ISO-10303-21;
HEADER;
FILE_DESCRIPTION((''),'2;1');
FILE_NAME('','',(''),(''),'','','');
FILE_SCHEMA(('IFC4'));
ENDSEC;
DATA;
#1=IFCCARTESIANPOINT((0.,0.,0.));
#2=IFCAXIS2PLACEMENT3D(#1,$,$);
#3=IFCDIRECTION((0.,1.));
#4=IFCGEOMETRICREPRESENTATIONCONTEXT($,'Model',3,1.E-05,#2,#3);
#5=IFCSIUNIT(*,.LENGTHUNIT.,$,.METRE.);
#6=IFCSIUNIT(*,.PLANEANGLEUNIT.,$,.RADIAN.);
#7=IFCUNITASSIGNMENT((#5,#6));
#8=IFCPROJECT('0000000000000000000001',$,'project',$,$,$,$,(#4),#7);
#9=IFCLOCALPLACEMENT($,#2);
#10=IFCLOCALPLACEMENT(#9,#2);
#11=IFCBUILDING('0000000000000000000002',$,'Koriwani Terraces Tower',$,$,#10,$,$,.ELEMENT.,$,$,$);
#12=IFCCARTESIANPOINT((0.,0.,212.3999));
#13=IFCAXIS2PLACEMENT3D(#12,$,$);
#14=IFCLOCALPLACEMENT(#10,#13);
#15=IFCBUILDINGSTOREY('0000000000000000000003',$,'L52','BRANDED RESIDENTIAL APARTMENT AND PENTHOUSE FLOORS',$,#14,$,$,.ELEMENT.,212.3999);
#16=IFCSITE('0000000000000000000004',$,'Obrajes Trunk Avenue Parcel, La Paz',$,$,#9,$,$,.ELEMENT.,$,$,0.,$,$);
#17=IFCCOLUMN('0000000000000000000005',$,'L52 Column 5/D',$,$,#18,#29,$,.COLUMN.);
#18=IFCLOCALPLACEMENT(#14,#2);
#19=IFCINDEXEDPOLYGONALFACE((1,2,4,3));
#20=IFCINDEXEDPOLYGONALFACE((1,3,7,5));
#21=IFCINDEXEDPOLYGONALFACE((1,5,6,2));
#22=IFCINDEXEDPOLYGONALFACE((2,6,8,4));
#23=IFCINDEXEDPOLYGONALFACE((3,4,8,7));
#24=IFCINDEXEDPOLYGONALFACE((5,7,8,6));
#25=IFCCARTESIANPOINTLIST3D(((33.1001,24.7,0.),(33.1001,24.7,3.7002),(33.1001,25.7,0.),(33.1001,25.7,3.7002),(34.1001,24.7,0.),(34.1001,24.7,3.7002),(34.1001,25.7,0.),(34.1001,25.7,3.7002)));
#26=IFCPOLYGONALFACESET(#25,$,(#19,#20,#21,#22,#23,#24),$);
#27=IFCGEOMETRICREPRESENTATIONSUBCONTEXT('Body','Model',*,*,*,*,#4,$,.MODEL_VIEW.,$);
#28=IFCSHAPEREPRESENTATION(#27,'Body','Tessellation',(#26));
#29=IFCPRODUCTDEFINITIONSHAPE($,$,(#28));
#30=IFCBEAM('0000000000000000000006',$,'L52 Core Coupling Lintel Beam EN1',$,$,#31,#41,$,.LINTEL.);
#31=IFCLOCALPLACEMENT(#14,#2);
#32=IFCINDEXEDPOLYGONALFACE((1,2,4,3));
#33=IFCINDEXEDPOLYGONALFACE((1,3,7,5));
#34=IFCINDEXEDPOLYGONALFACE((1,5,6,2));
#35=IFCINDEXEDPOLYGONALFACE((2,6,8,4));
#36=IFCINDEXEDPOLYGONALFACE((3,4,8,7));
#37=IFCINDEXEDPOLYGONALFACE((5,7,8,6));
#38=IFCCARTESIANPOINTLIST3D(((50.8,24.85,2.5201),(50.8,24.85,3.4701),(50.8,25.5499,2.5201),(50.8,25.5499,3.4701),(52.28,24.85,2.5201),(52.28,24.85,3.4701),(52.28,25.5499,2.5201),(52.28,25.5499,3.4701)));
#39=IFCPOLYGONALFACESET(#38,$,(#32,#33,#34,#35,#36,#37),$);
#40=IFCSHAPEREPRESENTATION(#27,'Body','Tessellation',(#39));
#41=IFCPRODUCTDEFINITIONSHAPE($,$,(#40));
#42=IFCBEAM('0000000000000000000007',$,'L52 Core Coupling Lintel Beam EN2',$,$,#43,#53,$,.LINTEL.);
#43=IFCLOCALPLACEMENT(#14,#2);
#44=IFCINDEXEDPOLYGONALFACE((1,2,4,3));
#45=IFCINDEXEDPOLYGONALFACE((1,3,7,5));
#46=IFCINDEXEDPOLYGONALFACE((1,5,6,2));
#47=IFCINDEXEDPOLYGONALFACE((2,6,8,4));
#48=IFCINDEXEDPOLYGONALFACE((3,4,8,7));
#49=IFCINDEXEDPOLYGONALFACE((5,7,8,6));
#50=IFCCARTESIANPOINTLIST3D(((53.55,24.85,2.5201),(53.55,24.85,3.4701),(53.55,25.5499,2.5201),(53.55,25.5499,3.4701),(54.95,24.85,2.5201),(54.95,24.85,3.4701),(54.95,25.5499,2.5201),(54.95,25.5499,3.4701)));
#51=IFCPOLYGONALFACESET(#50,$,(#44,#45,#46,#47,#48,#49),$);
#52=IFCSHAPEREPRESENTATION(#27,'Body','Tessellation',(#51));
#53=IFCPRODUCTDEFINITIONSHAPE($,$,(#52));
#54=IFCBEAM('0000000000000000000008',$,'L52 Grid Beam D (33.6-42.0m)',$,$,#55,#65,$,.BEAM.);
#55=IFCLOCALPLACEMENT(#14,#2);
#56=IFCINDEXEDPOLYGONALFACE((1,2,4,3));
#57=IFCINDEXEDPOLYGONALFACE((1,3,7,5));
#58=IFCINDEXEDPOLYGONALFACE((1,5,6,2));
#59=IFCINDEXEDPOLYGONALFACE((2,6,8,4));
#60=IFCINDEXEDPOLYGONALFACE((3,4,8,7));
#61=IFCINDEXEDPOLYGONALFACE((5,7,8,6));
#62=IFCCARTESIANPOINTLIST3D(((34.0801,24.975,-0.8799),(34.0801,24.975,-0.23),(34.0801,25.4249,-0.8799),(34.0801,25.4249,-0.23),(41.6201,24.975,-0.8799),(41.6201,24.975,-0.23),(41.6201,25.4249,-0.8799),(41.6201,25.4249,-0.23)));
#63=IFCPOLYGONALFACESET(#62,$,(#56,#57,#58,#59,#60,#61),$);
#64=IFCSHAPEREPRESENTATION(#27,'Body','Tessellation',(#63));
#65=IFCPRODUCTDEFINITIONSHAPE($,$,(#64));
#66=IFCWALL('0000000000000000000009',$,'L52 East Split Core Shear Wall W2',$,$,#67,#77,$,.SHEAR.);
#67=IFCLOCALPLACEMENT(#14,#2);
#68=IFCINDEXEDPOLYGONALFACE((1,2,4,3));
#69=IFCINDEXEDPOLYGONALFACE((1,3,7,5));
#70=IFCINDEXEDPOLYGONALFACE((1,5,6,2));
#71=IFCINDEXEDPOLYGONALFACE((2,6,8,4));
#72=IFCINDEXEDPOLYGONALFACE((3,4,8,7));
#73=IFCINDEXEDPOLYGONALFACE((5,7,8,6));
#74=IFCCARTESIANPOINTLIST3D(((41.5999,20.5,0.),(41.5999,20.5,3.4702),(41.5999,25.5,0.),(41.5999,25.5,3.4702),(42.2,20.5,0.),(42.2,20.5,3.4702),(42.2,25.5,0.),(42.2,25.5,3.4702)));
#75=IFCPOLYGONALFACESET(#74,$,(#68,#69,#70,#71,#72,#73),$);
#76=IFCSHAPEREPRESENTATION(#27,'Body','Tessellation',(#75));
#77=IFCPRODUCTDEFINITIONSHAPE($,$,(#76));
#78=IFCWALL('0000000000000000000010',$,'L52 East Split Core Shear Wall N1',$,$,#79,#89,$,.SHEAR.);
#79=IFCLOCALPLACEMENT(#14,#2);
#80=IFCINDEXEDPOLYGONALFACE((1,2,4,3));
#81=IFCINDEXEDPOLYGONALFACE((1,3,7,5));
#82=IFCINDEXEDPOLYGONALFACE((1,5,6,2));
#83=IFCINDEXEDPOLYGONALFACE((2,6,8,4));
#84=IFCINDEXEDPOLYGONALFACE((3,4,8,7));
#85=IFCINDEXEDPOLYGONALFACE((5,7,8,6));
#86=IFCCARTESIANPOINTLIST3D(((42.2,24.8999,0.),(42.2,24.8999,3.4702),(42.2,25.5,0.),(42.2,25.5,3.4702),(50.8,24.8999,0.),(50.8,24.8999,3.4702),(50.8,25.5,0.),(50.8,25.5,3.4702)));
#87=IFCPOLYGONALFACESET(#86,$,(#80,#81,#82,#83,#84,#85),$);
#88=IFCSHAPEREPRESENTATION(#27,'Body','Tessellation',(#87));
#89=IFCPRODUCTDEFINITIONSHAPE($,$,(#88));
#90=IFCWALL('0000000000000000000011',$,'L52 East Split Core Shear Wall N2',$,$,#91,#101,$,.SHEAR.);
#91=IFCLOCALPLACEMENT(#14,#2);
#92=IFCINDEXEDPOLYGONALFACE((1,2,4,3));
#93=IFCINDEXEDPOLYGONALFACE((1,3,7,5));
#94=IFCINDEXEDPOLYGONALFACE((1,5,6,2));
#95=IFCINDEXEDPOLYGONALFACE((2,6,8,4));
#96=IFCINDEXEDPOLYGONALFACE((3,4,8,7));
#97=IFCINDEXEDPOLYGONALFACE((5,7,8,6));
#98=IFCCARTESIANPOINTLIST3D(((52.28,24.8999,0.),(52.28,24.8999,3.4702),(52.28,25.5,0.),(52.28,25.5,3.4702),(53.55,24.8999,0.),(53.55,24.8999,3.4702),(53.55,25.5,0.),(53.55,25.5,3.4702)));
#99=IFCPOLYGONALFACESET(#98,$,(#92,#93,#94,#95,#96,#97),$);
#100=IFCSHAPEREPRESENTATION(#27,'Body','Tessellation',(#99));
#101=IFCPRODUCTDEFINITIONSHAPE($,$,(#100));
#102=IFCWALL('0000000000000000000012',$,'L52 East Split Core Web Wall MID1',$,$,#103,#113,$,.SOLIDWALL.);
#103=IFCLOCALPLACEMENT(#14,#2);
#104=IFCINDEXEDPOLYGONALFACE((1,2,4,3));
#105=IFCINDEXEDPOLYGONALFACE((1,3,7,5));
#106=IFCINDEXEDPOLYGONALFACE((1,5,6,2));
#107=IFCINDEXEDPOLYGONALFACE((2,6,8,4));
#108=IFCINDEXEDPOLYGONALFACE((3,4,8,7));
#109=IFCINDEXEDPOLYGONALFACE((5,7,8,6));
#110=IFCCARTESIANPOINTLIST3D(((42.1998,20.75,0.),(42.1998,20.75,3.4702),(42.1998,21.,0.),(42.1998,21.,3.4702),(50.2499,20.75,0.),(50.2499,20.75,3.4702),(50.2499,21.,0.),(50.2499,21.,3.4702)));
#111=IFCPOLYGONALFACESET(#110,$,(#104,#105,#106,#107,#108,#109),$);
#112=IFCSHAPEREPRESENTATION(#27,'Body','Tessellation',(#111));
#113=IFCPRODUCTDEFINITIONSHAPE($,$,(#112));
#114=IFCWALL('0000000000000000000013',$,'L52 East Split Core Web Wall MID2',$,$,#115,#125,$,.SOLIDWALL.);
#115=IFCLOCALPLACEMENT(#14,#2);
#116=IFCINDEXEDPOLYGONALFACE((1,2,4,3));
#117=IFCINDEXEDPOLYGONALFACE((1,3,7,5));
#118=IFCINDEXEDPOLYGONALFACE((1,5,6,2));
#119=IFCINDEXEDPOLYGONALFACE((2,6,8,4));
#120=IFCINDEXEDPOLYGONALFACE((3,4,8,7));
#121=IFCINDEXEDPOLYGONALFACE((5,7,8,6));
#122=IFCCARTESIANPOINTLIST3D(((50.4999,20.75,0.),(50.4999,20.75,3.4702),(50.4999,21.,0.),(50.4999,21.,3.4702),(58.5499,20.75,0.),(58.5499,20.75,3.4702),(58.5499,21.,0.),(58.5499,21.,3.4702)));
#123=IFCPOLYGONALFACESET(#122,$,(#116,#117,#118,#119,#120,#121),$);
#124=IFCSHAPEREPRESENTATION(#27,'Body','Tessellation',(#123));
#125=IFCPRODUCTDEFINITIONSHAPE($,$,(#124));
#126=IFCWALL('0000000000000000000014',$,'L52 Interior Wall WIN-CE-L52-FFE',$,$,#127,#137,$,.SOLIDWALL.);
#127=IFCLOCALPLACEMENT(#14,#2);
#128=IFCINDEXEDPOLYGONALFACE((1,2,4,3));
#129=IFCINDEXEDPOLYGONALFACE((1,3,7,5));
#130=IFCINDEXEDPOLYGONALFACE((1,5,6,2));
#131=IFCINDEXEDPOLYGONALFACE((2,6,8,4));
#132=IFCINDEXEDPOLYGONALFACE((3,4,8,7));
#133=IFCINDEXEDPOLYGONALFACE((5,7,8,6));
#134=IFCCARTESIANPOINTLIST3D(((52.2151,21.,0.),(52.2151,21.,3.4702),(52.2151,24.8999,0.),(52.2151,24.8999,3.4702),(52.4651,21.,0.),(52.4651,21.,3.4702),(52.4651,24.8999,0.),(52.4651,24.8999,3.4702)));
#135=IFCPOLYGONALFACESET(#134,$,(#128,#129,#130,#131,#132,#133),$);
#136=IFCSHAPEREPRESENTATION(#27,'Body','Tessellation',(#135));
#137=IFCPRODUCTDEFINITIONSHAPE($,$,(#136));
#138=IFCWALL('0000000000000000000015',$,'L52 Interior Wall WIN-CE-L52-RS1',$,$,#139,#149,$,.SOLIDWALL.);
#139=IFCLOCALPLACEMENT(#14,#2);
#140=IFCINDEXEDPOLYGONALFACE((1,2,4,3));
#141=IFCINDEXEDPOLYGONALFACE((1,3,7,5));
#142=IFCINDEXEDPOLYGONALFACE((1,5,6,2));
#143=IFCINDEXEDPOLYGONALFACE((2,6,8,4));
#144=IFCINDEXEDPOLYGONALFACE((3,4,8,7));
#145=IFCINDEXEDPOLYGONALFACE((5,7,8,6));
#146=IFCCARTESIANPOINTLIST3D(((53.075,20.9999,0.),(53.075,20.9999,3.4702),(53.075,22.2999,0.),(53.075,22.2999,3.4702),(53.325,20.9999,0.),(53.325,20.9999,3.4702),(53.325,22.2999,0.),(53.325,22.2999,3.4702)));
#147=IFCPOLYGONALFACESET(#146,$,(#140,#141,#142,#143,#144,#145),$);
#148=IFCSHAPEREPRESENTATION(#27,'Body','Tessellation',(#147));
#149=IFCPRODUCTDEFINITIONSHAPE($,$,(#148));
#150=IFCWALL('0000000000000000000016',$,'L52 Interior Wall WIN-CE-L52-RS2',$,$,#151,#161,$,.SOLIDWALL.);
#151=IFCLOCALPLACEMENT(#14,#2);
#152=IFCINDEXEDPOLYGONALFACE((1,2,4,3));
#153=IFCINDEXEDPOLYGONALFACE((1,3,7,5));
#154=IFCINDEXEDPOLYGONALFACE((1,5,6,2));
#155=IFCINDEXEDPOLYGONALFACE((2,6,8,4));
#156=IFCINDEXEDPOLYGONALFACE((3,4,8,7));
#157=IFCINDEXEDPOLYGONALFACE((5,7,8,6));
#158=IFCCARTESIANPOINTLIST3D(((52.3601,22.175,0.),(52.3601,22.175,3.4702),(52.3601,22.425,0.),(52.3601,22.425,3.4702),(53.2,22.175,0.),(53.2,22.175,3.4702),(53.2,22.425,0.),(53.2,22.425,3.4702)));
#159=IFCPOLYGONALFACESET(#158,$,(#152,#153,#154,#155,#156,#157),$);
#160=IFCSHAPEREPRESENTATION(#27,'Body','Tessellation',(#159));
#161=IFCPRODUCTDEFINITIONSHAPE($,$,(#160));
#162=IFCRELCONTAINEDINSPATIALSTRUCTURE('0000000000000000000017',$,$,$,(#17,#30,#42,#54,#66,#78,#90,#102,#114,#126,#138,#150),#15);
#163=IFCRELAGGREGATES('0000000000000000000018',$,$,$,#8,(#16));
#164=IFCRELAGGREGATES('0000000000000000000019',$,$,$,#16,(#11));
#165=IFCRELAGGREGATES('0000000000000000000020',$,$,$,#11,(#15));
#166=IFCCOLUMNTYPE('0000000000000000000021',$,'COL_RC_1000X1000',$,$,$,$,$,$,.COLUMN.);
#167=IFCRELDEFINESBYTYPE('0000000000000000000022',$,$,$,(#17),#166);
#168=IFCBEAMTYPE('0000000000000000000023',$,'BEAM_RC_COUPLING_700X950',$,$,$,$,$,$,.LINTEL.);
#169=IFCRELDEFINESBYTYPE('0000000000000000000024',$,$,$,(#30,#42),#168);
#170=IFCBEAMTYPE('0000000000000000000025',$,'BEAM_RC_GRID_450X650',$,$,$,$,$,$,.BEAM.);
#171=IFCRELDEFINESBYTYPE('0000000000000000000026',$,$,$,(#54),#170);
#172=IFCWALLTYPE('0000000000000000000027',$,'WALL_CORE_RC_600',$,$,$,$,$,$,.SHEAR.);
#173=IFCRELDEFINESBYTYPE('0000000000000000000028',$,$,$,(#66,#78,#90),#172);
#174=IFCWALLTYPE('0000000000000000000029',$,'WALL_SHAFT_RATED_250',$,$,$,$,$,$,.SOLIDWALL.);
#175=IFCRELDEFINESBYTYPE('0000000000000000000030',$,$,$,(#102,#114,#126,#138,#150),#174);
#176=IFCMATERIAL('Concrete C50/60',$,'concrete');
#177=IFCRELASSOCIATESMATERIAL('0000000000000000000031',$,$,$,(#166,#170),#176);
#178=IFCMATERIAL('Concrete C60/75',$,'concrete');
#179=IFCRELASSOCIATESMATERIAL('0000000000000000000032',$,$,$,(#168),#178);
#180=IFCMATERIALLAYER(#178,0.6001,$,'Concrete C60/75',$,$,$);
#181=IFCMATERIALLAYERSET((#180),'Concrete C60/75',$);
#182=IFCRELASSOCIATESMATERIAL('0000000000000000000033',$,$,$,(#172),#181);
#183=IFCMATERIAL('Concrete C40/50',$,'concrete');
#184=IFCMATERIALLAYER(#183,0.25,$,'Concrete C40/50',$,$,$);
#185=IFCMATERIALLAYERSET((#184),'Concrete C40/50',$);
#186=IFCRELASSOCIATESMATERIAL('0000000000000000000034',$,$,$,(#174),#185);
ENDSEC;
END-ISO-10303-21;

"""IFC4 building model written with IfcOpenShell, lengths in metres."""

from ifc_helpers import new_model, si_unit, direction, frame, frame_2d, origin, origin_2d, place, context, subcontext, project, spatial, rectangle, extrude, material, layer, layer_set, material_profile, profile_set, type_object, element, save


model = new_model("IFC4")

# Units and contexts
model_context = context("Model", 3, precision=1e-05, world=origin(), true_north=direction((0.0, 1.0)))
body_context = subcontext(model_context, "Body", "Model", "MODEL_VIEW")
ifc_project = project(units=[si_unit("LENGTHUNIT", "METRE"), si_unit("PLANEANGLEUNIT", "RADIAN")], contexts=[model_context])

# Site, building, storey
site_placement = place(None, origin())
site = spatial("IfcSite", under=ifc_project, at=site_placement, Name="Obrajes Trunk Avenue Parcel, La Paz", CompositionType="ELEMENT", RefElevation=0.0)
building_placement = place(site_placement, origin())
building = spatial("IfcBuilding", under=site, at=building_placement, Name="Koriwani Terraces Tower", CompositionType="ELEMENT")
storey_placement = place(building_placement, frame((0.0, 0.0, 212.3999)))
storey = spatial("IfcBuildingStorey", under=building, at=storey_placement, Name="L52", Description="BRANDED RESIDENTIAL APARTMENT AND PENTHOUSE FLOORS", CompositionType="ELEMENT", Elevation=212.3999)

# Column
ifc_material_1 = material(Name="Concrete C50/60", Category="concrete")
ifc_material_profile_1 = material_profile(ifc_material_1, rectangle(XDim=1.0, YDim=1.0, at=origin_2d()), Name="Concrete C50/60", Category="LoadBearing")
ifc_profile_set_1 = profile_set([ifc_material_profile_1], Name="Concrete C50/60")
column_type = type_object("IfcColumnType", Name="COL_RC_1000X1000", PredefinedType="COLUMN", material=ifc_profile_set_1)
column_placement = place(storey_placement, frame((33.6001, 25.2, 0.0), z_axis=(0.0, 0.0, 1.0), x_axis=(1.0, 0.0, 0.0)))
element("IfcColumn", 1, at=column_placement, inside=storey, type_object=column_type, Name="L52 Column 5/D", PredefinedType="COLUMN", context=body_context, shape_type="SweptSolid", body=[
    extrude(rectangle(XDim=1.0, YDim=1.0, at=origin_2d()), origin(), (0.0, 0.0, 1.0), 3.7002),
])

# Beams
ifc_material_2 = material(Name="Concrete C60/75", Category="concrete")
ifc_material_profile_2 = material_profile(ifc_material_2, rectangle(XDim=0.7, YDim=0.95, at=origin_2d()), Name="Concrete C60/75", Category="LoadBearing")
ifc_profile_set_2 = profile_set([ifc_material_profile_2], Name="Concrete C60/75")
beam_type_1 = type_object("IfcBeamType", Name="BEAM_RC_COUPLING_700X950", PredefinedType="LINTEL", material=ifc_profile_set_2)
beam_1_placement = place(storey_placement, frame((50.8, 25.2, 2.9951), z_axis=(1.0, 0.0, 0.0), x_axis=(0.0, 1.0, 0.0)))
element("IfcBeam", 2, at=beam_1_placement, inside=storey, type_object=beam_type_1, Name="L52 Core Coupling Lintel Beam EN1", PredefinedType="LINTEL", context=body_context, shape_type="SweptSolid", body=[
    extrude(rectangle(XDim=0.7, YDim=0.95, at=origin_2d()), origin(), (0.0, 0.0, 1.0), 1.48),
])
beam_2_placement = place(storey_placement, frame((53.55, 25.2, 2.9951), z_axis=(1.0, 0.0, 0.0), x_axis=(0.0, 1.0, 0.0)))
element("IfcBeam", 3, at=beam_2_placement, inside=storey, type_object=beam_type_1, Name="L52 Core Coupling Lintel Beam EN2", PredefinedType="LINTEL", context=body_context, shape_type="SweptSolid", body=[
    extrude(rectangle(XDim=0.7, YDim=0.95, at=origin_2d()), origin(), (0.0, 0.0, 1.0), 1.3999),
])
ifc_material_profile_3 = material_profile(ifc_material_1, rectangle(XDim=0.45, YDim=0.6499, at=origin_2d()), Name="Concrete C50/60", Category="LoadBearing")
ifc_profile_set_3 = profile_set([ifc_material_profile_3], Name="Concrete C50/60")
beam_type_2 = type_object("IfcBeamType", Name="BEAM_RC_GRID_450X650", PredefinedType="BEAM", material=ifc_profile_set_3)
beam_3_placement = place(storey_placement, frame((34.0801, 25.2, -0.5549), z_axis=(1.0, 0.0, 0.0), x_axis=(0.0, 1.0, 0.0)))
element("IfcBeam", 4, at=beam_3_placement, inside=storey, type_object=beam_type_2, Name="L52 Grid Beam D (33.6-42.0m)", PredefinedType="BEAM", context=body_context, shape_type="SweptSolid", body=[
    extrude(rectangle(XDim=0.45, YDim=0.6499, at=origin_2d()), origin(), (0.0, 0.0, 1.0), 7.54),
])

# Walls
ifc_layer_1 = layer(ifc_material_2, 0.6001, Name="Concrete C60/75")
ifc_layer_set_1 = layer_set([ifc_layer_1], Name="Concrete C60/75")
wall_type_1 = type_object("IfcWallType", Name="WALL_CORE_RC_600", PredefinedType="SHEAR", material=ifc_layer_set_1)
wall_1_placement = place(storey_placement, frame((41.8999, 20.5, 0.0), z_axis=(0.0, 0.0, 1.0), x_axis=(0.0, 1.0, 0.0)))
element("IfcWall", 5, at=wall_1_placement, inside=storey, type_object=wall_type_1, Name="L52 East Split Core Shear Wall W2", PredefinedType="SHEAR", context=body_context, shape_type="SweptSolid", body=[
    extrude(rectangle(XDim=5.0, YDim=0.6001, at=frame_2d((2.5, 0.0))), origin(), (0.0, 0.0, 1.0), 3.4702),
])
wall_2_placement = place(storey_placement, frame((42.2, 25.2, 0.0), z_axis=(0.0, 0.0, 1.0), x_axis=(1.0, 0.0, 0.0)))
element("IfcWall", 6, at=wall_2_placement, inside=storey, type_object=wall_type_1, Name="L52 East Split Core Shear Wall N1", PredefinedType="SHEAR", context=body_context, shape_type="SweptSolid", body=[
    extrude(rectangle(XDim=8.6001, YDim=0.6001, at=frame_2d((4.3, 0.0))), origin(), (0.0, 0.0, 1.0), 3.4702),
])
wall_3_placement = place(storey_placement, frame((52.28, 25.2, 0.0), z_axis=(0.0, 0.0, 1.0), x_axis=(1.0, 0.0, 0.0)))
element("IfcWall", 7, at=wall_3_placement, inside=storey, type_object=wall_type_1, Name="L52 East Split Core Shear Wall N2", PredefinedType="SHEAR", context=body_context, shape_type="SweptSolid", body=[
    extrude(rectangle(XDim=1.27, YDim=0.6001, at=frame_2d((0.635, 0.0))), origin(), (0.0, 0.0, 1.0), 3.4702),
])
ifc_material_3 = material(Name="Concrete C40/50", Category="concrete")
ifc_layer_2 = layer(ifc_material_3, 0.25, Name="Concrete C40/50")
ifc_layer_set_2 = layer_set([ifc_layer_2], Name="Concrete C40/50")
wall_type_2 = type_object("IfcWallType", Name="WALL_SHAFT_RATED_250", PredefinedType="SOLIDWALL", material=ifc_layer_set_2)
for number, where, z_axis, x_axis, name in (
    (8, (42.2, 20.875, 0.0), (0.0, 0.0, 1.0), (1.0, 0.0, 0.0), "L52 East Split Core Web Wall MID1"),
    (9, (50.5, 20.875, 0.0), (0.0, 0.0, 1.0), (1.0, 0.0, 0.0), "L52 East Split Core Web Wall MID2"),
):
    element("IfcWall", number, at=place(storey_placement, frame(where, z_axis=z_axis, x_axis=x_axis)), inside=storey, type_object=wall_type_2, Name=name, PredefinedType="SOLIDWALL", context=body_context, shape_type="SweptSolid", body=[
        extrude(rectangle(XDim=8.05, YDim=0.25, at=frame_2d((4.0249, 0.0))), origin(), (0.0, 0.0, 1.0), 3.4702),
    ])

# Wall
wall_4_placement = place(storey_placement, frame((52.3401, 21.0, 0.0), z_axis=(0.0, 0.0, 1.0), x_axis=(0.0, 1.0, 0.0)))
element("IfcWall", 10, at=wall_4_placement, inside=storey, type_object=wall_type_2, Name="L52 Interior Wall WIN-CE-L52-FFE", PredefinedType="SOLIDWALL", context=body_context, shape_type="SweptSolid", body=[
    extrude(rectangle(XDim=3.8999, YDim=0.25, at=frame_2d((1.95, 0.0))), origin(), (0.0, 0.0, 1.0), 3.4702),
])

# Walls
wall_5_placement = place(storey_placement, frame((53.2, 21.0, 0.0), z_axis=(0.0, 0.0, 1.0), x_axis=(0.0, 1.0, 0.0)))
element("IfcWall", 11, at=wall_5_placement, inside=storey, type_object=wall_type_2, Name="L52 Interior Wall WIN-CE-L52-RS1", PredefinedType="SOLIDWALL", context=body_context, shape_type="SweptSolid", body=[
    extrude(rectangle(XDim=1.3, YDim=0.25, at=frame_2d((0.6499, 0.0))), origin(), (0.0, 0.0, 1.0), 3.4702),
])
wall_6_placement = place(storey_placement, frame((52.3601, 22.3, 0.0), z_axis=(0.0, 0.0, 1.0), x_axis=(1.0, 0.0, 0.0)))
element("IfcWall", 12, at=wall_6_placement, inside=storey, type_object=wall_type_2, Name="L52 Interior Wall WIN-CE-L52-RS2", PredefinedType="SOLIDWALL", context=body_context, shape_type="SweptSolid", body=[
    extrude(rectangle(XDim=0.8398, YDim=0.25, at=frame_2d((0.4199, 0.0))), origin(), (0.0, 0.0, 1.0), 3.4702),
])

save(model, "model.ifc")
